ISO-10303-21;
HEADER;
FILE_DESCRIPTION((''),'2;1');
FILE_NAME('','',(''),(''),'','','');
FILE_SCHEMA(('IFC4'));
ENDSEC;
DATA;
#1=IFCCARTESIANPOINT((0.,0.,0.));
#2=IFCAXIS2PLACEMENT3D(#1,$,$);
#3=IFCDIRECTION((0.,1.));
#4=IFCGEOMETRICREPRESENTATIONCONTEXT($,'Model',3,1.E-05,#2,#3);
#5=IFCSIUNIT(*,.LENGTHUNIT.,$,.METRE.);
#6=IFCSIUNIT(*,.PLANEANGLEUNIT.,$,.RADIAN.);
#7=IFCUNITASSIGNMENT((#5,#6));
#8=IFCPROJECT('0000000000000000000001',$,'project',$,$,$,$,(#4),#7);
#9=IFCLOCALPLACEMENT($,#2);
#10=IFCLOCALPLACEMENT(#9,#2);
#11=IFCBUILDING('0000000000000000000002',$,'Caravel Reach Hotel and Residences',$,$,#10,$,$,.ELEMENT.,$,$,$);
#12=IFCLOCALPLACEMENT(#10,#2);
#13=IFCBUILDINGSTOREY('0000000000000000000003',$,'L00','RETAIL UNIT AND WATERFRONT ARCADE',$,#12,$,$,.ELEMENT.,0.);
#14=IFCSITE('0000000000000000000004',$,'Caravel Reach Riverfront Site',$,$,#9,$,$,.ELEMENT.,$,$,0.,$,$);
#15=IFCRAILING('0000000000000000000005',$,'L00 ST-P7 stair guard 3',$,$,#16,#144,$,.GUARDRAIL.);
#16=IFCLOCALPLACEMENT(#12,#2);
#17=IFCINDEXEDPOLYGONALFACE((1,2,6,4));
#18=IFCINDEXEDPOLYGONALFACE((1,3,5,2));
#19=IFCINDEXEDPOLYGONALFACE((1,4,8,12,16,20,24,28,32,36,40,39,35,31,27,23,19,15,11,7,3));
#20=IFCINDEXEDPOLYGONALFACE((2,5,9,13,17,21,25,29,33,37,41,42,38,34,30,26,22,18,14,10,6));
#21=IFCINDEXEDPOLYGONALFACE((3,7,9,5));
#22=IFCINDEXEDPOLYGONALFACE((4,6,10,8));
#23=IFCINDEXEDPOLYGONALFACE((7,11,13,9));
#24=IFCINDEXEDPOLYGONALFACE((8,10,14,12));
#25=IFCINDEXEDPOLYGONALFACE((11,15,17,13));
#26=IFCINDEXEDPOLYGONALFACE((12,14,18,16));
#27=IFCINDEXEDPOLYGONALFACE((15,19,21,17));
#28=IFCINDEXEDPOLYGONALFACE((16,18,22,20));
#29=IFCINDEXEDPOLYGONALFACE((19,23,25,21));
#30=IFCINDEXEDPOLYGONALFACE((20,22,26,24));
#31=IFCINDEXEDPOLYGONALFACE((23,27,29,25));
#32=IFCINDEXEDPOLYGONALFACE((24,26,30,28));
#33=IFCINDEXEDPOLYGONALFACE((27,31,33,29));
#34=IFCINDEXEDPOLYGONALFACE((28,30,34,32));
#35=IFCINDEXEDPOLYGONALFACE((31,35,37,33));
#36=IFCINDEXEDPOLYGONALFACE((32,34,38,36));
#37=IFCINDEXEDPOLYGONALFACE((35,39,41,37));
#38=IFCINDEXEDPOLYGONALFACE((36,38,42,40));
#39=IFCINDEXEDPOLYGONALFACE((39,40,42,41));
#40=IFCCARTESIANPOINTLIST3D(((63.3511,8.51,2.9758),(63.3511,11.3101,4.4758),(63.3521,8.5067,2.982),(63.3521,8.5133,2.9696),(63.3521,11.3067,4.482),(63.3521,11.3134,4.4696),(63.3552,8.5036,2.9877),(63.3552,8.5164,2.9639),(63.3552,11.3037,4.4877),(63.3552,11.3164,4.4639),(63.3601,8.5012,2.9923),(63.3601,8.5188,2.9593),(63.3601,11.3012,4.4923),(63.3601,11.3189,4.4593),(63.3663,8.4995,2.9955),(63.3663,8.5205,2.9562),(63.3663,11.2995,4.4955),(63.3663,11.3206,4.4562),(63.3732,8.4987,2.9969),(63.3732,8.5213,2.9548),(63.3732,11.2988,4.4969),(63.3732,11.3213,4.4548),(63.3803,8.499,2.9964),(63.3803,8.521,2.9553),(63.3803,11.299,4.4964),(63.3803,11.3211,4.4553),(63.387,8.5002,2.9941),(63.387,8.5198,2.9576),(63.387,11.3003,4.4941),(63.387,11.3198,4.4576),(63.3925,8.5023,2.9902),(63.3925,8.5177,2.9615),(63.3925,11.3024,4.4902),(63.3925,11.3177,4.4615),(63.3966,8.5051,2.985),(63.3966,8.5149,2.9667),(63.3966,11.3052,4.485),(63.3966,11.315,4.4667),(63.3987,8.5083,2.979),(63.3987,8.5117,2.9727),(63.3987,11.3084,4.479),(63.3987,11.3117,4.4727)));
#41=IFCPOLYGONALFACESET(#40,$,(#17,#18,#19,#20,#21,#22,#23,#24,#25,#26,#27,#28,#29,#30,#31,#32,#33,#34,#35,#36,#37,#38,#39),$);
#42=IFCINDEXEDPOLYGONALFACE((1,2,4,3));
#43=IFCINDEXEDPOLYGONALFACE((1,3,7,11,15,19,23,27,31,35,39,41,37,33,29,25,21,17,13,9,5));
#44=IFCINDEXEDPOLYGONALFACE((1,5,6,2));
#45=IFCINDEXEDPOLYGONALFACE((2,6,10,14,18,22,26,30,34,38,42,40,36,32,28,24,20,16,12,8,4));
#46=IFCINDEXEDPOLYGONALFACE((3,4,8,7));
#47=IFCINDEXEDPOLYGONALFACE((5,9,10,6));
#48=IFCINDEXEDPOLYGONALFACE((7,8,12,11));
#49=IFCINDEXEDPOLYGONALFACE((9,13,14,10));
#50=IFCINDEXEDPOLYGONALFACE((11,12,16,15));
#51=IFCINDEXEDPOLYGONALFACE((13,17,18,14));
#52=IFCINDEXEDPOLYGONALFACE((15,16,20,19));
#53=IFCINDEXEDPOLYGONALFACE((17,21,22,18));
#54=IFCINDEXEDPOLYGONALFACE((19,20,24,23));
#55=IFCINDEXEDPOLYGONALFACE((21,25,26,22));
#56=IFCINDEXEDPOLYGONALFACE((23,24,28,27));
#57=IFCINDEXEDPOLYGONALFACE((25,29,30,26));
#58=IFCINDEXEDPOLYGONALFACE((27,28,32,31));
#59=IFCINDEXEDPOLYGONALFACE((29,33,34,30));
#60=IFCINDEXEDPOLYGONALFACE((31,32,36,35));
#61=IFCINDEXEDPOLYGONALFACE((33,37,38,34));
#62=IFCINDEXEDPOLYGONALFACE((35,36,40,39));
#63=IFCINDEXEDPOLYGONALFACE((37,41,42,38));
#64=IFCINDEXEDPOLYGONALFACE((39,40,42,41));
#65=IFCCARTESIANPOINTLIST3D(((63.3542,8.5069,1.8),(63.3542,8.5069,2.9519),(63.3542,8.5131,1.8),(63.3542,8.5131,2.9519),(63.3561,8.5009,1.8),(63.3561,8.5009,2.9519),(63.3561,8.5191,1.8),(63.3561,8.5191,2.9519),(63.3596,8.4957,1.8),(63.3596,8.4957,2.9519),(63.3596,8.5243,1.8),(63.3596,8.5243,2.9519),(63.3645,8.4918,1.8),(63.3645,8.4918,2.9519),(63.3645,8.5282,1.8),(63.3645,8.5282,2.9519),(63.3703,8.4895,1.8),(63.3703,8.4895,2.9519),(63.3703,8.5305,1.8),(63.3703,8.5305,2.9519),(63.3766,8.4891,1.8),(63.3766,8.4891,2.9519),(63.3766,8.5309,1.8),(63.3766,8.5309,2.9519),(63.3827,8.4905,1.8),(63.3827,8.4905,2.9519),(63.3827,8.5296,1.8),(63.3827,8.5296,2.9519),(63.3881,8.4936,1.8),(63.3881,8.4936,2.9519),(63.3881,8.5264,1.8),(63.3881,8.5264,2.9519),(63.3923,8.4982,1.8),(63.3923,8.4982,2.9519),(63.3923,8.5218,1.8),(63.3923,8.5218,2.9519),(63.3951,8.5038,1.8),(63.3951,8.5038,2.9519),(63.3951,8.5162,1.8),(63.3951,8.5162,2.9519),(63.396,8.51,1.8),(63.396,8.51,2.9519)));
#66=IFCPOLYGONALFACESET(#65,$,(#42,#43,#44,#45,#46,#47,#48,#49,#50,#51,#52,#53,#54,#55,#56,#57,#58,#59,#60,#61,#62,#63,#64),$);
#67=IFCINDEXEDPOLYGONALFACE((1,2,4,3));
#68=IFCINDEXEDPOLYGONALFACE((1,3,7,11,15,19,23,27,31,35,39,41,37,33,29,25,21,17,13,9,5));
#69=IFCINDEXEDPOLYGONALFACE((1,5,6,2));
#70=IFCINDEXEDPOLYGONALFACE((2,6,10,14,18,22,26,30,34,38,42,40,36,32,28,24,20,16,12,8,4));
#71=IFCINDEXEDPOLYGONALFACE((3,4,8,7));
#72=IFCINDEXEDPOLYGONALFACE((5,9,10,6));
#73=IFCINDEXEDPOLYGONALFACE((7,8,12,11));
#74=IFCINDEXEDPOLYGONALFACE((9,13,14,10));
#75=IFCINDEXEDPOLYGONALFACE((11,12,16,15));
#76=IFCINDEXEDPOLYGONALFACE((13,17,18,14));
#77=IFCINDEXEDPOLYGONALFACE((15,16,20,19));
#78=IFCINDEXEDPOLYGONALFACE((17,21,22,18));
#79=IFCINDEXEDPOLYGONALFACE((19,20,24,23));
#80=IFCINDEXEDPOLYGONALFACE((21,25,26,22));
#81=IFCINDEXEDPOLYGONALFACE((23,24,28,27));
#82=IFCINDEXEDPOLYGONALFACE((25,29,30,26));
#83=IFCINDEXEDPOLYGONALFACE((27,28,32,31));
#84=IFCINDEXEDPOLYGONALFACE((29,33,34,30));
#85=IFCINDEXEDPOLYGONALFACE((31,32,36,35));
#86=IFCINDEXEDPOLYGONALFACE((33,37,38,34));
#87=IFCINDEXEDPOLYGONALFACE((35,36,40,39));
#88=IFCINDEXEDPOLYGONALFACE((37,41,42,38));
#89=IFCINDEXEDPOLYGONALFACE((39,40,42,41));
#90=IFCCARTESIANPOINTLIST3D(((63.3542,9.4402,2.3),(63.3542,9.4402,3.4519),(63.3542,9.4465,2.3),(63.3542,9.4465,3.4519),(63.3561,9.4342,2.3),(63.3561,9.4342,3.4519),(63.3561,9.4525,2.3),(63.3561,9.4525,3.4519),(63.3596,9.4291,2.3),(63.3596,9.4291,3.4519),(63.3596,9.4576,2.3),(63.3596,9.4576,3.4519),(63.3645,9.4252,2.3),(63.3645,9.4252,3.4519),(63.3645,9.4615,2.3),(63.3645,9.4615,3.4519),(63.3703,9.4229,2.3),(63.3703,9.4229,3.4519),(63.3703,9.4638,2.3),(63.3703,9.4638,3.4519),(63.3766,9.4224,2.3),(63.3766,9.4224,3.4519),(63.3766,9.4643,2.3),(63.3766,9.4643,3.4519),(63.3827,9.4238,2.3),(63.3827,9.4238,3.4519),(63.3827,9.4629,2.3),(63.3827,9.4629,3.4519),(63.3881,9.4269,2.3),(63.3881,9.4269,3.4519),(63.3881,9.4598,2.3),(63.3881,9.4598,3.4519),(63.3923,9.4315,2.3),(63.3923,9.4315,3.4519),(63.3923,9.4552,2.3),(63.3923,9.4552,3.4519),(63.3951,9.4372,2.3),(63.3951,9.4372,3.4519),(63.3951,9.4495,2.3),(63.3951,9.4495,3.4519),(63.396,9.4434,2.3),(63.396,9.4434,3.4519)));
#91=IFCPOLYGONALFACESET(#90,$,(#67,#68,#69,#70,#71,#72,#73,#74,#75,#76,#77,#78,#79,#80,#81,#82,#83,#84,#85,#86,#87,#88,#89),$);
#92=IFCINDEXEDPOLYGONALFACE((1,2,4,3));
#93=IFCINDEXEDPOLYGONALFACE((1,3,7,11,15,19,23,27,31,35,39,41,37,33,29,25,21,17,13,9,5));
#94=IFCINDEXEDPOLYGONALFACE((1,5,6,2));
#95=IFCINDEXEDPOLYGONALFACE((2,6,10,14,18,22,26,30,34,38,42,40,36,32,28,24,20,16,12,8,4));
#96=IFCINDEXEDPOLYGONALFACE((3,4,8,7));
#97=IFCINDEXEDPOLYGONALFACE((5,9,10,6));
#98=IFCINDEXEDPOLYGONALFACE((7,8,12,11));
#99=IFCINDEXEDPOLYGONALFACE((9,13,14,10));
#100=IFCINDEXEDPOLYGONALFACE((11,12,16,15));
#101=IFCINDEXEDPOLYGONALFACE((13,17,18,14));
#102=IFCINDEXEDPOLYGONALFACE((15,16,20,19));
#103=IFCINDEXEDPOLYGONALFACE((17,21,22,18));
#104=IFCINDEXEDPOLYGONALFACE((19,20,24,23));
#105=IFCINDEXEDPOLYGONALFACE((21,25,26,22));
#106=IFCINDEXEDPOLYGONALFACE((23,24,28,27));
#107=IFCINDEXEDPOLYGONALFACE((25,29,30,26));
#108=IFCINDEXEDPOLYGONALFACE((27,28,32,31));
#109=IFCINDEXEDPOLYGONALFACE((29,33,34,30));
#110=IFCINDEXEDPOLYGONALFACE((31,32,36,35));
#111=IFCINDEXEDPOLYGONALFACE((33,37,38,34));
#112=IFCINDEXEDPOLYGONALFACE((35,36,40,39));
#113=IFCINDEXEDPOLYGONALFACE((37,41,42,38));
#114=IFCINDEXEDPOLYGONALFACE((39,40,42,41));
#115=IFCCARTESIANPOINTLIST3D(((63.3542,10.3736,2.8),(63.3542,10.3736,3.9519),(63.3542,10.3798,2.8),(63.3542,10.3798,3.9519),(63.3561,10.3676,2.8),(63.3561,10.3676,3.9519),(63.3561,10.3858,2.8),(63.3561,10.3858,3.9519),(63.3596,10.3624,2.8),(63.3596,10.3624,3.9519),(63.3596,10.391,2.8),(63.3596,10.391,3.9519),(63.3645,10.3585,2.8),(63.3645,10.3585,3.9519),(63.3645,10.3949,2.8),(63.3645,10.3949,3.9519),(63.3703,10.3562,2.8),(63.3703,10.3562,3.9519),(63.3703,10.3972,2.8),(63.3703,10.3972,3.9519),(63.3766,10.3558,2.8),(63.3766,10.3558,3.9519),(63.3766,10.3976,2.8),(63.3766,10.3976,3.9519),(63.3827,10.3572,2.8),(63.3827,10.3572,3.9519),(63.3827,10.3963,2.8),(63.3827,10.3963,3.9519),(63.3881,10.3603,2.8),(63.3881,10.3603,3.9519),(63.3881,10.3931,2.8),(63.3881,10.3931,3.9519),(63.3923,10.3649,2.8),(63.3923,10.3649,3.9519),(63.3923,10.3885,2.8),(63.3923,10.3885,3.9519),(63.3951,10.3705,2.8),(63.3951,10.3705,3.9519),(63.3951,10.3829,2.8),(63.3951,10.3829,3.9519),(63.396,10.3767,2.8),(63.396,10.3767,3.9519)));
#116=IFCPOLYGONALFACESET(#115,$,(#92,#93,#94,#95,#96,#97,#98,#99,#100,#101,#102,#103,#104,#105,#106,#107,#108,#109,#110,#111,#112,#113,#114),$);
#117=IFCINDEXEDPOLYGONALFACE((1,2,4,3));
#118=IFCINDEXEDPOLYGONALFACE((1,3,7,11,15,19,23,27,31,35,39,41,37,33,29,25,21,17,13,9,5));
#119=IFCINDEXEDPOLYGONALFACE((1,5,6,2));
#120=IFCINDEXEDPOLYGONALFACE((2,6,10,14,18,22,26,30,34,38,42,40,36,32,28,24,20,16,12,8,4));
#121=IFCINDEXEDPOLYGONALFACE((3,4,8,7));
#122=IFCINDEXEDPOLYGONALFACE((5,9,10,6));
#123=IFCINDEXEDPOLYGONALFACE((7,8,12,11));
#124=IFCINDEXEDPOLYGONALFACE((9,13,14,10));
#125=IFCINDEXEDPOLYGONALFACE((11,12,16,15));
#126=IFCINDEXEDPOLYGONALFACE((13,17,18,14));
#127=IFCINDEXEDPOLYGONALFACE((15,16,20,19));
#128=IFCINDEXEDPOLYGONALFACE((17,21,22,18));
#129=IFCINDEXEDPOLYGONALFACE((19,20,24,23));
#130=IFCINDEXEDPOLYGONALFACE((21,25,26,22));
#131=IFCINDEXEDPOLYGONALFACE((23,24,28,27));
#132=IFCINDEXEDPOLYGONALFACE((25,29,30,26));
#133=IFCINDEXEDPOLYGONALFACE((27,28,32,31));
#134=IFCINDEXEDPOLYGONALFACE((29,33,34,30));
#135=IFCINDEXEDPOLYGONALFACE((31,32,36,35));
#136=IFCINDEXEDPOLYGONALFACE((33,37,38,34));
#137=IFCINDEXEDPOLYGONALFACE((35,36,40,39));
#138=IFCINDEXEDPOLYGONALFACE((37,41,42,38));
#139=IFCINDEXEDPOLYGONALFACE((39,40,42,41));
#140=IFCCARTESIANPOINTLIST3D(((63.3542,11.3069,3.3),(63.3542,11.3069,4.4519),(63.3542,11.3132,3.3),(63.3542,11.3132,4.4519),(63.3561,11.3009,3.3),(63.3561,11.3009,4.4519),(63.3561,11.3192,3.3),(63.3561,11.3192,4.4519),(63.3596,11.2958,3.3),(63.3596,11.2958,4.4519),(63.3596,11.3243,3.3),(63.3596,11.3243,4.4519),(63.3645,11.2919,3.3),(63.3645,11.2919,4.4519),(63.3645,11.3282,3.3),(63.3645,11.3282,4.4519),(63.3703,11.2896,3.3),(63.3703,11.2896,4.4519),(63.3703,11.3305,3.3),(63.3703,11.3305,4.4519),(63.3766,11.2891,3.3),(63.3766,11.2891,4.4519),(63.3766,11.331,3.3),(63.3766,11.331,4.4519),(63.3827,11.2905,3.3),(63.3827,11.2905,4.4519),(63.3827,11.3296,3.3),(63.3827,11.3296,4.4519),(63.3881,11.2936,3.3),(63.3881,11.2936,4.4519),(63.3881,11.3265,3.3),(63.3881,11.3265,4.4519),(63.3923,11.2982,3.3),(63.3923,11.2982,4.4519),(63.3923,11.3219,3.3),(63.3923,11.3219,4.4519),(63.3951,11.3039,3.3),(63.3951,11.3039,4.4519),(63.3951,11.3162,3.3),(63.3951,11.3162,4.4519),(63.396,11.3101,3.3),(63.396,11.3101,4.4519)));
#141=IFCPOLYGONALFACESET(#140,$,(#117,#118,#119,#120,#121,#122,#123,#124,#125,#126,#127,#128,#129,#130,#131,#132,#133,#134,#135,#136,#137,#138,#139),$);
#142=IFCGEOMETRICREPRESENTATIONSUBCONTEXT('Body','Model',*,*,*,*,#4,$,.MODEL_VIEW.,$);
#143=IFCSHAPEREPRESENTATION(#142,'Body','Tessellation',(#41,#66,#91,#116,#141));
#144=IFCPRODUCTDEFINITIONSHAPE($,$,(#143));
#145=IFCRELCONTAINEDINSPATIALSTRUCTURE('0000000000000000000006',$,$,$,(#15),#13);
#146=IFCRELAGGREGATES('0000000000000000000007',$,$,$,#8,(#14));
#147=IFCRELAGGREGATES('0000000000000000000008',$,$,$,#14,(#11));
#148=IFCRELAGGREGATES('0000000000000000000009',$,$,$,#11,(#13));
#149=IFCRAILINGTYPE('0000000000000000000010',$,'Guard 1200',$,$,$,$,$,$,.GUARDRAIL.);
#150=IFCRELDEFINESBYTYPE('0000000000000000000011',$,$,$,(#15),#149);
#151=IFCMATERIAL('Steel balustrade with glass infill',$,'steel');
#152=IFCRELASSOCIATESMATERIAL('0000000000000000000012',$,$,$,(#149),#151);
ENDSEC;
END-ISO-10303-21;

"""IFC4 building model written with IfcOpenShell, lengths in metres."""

from ifc_helpers import new_model, si_unit, direction, frame, origin, origin_2d, place, context, subcontext, project, spatial, circle, extrude, material, type_object, element, save


model = new_model("IFC4")

# Units and contexts
model_context = context("Model", 3, precision=1e-05, world=origin(), true_north=direction((0.0, 1.0)))
body_context = subcontext(model_context, "Body", "Model", "MODEL_VIEW")
ifc_project = project(units=[si_unit("LENGTHUNIT", "METRE"), si_unit("PLANEANGLEUNIT", "RADIAN")], contexts=[model_context])

# Site, building, storey
site_placement = place(None, origin())
site = spatial("IfcSite", under=ifc_project, at=site_placement, Name="Caravel Reach Riverfront Site", CompositionType="ELEMENT", RefElevation=0.0)
building_placement = place(site_placement, origin())
building = spatial("IfcBuilding", under=site, at=building_placement, Name="Caravel Reach Hotel and Residences", CompositionType="ELEMENT")
storey_placement = place(building_placement, origin())
storey = spatial("IfcBuildingStorey", under=building, at=storey_placement, Name="L00", Description="RETAIL UNIT AND WATERFRONT ARCADE", CompositionType="ELEMENT", Elevation=0.0)

# Railing
ifc_material_1 = material(Name="Steel balustrade with glass infill", Category="steel")
railing_type_1 = type_object("IfcRailingType", Name="Guard 1200", PredefinedType="GUARDRAIL", material=ifc_material_1)
railing_1_placement = place(storey_placement, frame((63.375, 8.51, 1.8)))
element("IfcRailing", 1, at=railing_1_placement, inside=storey, type_object=railing_type_1, Name="L00 ST-P7 stair guard 3", PredefinedType="GUARDRAIL", context=body_context, shape_type="SweptSolid", body=[
    extrude(circle(Radius=0.0239, at=origin_2d()), frame((0.0, 0.0, 1.1758), z_axis=(0.0, 0.881483, 0.472215), x_axis=(-1.0, 0.0, 0.0)), (0.0, 0.0, 1.0), 3.1765),
    extrude(circle(Radius=0.021, at=origin_2d()), origin(), (0.0, 0.0, 1.0), 1.1519),
    extrude(circle(Radius=0.021, at=origin_2d()), frame((0.0, 0.9333, 0.5)), (0.0, 0.0, 1.0), 1.1519),
    extrude(circle(Radius=0.021, at=origin_2d()), frame((0.0, 1.8667, 1.0)), (0.0, 0.0, 1.0), 1.1519),
    extrude(circle(Radius=0.021, at=origin_2d()), frame((0.0, 2.8, 1.5)), (0.0, 0.0, 1.0), 1.1519),
])

save(model, "model.ifc")
